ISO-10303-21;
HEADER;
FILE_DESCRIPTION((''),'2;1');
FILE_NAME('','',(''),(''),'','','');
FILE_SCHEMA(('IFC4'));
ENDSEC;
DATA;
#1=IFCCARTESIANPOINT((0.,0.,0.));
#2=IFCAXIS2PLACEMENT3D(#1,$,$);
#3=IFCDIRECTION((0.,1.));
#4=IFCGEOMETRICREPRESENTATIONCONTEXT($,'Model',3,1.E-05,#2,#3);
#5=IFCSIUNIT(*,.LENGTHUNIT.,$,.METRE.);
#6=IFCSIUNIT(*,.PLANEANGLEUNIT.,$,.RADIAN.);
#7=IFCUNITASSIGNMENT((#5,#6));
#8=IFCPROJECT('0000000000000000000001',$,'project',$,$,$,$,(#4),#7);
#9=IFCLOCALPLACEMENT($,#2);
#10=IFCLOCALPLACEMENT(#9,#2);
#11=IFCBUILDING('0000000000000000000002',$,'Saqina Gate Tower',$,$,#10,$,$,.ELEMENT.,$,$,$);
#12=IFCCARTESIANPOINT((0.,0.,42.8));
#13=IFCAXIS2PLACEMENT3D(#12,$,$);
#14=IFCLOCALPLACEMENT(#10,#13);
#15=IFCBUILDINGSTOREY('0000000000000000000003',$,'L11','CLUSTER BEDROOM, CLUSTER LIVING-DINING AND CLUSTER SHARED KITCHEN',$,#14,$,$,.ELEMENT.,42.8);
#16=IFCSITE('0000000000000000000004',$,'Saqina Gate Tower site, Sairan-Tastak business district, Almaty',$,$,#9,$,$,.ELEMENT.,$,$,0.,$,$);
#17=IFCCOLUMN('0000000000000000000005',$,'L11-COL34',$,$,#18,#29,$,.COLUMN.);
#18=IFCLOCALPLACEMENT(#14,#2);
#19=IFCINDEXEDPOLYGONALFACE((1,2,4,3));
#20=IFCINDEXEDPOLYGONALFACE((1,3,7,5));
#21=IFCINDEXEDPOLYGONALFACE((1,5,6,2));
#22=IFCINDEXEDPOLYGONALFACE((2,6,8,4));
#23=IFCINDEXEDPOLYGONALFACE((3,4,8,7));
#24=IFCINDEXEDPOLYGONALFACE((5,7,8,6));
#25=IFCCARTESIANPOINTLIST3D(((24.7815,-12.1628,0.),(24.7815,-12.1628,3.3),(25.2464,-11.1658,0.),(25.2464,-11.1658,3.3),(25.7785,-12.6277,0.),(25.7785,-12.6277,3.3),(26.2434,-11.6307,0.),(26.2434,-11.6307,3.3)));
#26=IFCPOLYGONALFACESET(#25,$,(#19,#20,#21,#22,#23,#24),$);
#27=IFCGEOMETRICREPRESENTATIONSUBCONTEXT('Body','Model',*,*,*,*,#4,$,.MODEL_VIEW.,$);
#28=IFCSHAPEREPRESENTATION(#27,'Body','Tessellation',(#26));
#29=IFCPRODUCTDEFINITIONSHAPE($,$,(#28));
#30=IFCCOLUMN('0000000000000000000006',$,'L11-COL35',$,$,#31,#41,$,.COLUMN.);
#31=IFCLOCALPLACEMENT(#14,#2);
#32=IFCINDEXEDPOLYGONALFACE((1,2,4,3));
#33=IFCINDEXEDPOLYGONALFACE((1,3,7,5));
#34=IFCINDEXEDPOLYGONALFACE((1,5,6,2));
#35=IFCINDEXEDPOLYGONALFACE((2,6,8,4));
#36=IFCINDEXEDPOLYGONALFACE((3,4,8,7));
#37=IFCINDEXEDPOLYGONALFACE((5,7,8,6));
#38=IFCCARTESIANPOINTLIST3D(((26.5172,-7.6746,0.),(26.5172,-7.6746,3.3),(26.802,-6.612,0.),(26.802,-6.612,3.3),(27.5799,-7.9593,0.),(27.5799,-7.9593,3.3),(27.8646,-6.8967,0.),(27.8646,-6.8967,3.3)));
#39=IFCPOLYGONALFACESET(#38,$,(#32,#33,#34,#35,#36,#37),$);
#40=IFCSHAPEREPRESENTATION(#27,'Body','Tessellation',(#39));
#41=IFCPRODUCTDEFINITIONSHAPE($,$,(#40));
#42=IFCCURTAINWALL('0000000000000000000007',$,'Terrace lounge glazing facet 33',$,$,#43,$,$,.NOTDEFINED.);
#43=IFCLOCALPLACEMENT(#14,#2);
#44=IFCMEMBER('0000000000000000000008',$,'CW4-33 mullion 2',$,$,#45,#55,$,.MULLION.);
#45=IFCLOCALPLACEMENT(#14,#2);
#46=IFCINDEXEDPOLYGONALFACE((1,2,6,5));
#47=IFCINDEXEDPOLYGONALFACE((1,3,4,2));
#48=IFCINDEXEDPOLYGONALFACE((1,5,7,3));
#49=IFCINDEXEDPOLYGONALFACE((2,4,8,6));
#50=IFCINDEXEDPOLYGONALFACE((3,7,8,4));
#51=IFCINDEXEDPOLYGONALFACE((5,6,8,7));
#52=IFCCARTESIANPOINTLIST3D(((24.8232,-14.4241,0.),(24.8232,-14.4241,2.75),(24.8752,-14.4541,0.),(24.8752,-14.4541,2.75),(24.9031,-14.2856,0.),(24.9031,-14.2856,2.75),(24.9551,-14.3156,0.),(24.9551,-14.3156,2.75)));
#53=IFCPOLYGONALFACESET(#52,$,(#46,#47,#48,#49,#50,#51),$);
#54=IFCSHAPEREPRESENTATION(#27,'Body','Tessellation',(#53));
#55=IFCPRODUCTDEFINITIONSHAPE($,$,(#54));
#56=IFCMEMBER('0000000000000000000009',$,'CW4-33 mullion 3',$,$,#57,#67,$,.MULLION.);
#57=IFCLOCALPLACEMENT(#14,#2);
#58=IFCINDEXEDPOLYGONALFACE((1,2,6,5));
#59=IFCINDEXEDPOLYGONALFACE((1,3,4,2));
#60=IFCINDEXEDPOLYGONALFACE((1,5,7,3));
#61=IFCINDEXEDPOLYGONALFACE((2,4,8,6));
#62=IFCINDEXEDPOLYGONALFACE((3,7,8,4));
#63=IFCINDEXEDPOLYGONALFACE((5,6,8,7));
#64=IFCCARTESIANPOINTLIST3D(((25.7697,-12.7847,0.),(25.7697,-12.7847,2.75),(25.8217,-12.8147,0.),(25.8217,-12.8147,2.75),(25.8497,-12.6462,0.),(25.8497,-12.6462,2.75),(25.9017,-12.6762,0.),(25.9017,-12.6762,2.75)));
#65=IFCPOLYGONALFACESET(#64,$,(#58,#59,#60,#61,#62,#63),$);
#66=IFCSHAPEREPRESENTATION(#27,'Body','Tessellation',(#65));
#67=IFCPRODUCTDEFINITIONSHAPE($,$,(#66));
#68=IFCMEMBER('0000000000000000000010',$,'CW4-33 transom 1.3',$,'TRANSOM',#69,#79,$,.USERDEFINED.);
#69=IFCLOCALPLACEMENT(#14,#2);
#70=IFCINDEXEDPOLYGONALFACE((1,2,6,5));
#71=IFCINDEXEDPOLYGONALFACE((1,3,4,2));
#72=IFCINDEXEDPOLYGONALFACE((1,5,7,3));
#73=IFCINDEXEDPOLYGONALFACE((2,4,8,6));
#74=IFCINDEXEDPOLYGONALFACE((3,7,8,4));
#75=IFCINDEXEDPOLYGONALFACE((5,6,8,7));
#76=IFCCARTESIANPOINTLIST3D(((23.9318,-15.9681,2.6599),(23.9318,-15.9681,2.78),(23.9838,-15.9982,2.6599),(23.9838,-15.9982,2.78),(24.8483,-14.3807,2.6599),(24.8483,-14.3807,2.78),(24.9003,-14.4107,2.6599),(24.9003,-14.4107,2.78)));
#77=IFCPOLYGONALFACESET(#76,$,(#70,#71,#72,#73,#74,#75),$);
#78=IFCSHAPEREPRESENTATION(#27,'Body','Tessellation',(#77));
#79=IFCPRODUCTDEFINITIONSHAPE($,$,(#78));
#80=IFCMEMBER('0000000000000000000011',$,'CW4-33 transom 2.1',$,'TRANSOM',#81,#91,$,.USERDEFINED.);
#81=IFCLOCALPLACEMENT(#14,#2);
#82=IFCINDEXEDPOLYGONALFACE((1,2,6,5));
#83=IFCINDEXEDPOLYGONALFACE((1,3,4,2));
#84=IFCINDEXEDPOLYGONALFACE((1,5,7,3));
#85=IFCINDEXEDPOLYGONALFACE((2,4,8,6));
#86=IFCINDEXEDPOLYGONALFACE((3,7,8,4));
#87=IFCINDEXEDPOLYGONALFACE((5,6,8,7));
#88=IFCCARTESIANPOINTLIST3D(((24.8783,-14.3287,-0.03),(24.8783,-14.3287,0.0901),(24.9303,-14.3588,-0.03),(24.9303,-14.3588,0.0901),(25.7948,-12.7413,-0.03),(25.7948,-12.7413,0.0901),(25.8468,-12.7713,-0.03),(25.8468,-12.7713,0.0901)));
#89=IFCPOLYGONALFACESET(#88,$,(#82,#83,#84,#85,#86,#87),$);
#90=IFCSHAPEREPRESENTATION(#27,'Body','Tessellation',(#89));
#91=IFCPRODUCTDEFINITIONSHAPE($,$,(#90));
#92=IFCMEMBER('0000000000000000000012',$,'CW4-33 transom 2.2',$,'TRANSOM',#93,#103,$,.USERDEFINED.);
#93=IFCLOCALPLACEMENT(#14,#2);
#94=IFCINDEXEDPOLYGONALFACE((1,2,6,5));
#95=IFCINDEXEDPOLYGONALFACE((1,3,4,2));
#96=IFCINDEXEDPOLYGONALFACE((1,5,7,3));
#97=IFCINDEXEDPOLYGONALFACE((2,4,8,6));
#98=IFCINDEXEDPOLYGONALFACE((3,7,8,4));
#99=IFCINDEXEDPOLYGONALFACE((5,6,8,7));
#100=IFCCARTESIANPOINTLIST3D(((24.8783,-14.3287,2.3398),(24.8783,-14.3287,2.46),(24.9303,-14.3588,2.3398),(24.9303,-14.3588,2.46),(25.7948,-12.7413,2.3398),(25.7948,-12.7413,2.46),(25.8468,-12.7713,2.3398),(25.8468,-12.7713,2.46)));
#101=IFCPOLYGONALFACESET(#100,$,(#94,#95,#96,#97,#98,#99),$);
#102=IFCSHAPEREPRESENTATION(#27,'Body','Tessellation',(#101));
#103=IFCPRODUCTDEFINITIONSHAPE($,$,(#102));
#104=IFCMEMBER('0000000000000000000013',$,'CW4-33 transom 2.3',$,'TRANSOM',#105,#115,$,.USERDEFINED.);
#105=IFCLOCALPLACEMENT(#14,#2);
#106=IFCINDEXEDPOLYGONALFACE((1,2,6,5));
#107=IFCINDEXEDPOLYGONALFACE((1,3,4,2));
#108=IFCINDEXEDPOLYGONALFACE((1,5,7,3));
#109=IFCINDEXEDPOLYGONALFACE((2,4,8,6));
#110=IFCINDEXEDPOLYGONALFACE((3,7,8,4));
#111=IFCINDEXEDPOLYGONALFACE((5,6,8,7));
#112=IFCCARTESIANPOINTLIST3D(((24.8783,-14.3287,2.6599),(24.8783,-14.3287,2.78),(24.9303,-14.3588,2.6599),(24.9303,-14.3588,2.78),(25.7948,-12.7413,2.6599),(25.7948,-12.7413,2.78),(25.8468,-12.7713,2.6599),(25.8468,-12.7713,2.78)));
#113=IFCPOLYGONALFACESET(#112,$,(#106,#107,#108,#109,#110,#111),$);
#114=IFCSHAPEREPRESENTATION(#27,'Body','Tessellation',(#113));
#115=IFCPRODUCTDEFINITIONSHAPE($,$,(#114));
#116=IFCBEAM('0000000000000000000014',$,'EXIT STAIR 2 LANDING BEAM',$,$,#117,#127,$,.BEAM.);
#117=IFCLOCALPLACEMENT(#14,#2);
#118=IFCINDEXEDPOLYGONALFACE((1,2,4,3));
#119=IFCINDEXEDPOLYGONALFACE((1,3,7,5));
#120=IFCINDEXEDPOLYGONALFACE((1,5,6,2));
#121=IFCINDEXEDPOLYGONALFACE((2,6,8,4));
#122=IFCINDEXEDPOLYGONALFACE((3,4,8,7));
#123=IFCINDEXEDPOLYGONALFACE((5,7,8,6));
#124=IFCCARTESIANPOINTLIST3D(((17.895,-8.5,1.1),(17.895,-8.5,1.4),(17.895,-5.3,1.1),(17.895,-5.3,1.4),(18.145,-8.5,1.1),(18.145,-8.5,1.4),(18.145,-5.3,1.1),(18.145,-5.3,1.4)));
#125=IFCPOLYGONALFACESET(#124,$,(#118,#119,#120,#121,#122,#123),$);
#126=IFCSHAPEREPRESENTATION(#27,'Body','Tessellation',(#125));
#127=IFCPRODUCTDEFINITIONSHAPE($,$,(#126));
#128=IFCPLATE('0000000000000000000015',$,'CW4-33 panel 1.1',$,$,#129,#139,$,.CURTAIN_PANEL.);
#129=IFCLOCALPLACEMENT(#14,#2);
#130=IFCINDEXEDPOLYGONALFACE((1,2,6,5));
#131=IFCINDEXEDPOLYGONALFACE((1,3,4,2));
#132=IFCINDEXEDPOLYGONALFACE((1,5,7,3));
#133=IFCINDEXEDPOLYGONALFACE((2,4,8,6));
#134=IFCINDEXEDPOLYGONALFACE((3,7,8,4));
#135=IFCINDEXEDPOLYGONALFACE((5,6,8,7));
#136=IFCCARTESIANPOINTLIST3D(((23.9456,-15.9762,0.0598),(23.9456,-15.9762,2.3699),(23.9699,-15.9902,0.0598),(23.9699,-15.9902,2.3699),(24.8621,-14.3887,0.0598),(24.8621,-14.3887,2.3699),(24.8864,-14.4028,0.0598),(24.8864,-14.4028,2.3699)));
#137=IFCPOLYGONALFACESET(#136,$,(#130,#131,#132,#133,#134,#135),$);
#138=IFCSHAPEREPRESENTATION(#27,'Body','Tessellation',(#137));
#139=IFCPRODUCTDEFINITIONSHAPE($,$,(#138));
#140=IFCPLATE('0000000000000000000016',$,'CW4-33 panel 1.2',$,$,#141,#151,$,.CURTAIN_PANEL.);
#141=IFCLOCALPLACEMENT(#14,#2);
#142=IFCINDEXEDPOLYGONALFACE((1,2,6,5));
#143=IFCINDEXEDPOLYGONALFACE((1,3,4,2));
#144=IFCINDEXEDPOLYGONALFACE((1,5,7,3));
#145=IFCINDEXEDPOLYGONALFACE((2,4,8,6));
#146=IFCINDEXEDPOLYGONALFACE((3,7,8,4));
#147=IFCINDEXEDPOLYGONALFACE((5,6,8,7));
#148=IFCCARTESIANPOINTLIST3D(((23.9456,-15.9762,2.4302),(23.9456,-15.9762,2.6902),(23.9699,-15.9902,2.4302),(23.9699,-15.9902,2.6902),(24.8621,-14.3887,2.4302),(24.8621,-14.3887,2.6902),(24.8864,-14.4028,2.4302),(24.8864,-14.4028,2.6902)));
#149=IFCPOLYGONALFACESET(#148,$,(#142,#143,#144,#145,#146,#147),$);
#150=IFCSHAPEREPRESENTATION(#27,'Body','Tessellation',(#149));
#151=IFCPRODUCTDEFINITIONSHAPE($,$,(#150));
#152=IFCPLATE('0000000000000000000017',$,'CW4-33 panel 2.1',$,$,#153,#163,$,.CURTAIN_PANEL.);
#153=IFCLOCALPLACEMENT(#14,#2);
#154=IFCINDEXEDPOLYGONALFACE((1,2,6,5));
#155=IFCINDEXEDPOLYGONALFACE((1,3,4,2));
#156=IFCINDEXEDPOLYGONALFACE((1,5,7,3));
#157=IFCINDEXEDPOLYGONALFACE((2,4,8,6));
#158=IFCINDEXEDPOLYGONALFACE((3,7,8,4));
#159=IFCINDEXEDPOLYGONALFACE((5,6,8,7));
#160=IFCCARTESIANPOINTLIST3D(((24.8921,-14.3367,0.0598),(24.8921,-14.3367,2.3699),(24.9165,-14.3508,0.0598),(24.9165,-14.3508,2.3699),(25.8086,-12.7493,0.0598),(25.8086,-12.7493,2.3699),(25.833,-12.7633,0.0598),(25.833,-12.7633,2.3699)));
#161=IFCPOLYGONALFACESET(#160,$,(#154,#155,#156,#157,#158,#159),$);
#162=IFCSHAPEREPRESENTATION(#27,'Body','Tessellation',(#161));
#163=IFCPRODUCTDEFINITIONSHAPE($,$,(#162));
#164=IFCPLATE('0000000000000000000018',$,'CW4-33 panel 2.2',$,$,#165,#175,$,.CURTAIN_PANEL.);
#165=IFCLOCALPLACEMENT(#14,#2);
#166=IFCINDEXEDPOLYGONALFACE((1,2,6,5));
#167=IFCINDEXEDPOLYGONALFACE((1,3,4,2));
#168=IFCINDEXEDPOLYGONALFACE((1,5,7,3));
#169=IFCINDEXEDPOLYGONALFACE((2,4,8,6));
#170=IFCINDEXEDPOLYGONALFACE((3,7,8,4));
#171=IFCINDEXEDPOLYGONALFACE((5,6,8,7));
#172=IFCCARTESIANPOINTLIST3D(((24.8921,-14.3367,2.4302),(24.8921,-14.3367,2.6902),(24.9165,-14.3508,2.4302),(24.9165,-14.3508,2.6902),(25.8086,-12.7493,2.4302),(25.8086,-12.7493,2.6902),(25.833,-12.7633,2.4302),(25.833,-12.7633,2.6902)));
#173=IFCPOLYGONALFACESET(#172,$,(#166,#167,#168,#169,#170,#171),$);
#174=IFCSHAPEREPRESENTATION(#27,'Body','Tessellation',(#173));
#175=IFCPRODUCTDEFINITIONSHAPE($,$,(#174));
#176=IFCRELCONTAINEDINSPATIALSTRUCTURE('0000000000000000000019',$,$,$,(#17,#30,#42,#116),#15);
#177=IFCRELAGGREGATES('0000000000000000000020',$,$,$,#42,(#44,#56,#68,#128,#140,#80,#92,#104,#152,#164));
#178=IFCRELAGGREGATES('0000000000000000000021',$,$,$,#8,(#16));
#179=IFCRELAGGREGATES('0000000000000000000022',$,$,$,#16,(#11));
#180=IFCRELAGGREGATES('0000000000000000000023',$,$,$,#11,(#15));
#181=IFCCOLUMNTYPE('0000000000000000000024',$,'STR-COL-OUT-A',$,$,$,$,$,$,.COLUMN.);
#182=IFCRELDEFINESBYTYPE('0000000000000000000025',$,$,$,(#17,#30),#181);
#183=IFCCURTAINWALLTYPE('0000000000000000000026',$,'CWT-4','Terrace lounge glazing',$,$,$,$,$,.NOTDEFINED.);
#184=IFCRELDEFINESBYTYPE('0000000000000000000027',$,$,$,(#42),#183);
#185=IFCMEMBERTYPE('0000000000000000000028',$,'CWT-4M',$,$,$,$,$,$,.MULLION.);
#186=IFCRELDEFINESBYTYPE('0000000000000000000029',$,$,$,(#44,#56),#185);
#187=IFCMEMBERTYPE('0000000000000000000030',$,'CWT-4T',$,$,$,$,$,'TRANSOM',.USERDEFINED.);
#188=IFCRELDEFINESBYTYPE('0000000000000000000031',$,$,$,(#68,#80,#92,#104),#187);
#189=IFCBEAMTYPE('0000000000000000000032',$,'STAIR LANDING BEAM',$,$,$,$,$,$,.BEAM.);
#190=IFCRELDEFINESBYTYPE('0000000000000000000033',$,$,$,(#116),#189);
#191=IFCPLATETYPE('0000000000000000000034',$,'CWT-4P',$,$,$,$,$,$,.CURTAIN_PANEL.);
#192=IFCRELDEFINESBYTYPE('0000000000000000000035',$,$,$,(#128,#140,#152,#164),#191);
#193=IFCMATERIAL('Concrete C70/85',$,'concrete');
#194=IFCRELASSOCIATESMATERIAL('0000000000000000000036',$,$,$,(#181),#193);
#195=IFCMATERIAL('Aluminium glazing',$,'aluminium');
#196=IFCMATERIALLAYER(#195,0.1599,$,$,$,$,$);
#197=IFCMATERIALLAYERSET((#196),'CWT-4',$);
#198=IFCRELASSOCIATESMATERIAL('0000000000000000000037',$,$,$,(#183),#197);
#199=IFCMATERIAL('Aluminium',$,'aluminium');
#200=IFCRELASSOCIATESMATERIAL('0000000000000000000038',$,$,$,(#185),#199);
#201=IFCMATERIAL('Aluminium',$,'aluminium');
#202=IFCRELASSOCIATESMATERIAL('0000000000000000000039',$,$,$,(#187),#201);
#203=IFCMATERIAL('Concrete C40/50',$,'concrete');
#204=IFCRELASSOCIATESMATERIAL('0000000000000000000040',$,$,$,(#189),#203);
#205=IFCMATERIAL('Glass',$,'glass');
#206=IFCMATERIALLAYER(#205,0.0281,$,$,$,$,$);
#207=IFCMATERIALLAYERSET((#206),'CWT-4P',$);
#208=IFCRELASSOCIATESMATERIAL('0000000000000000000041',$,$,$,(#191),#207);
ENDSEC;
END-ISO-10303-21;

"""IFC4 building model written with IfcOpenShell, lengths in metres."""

from ifc_helpers import new_model, si_unit, direction, frame, origin, origin_2d, place, context, subcontext, project, spatial, rectangle, extrude, material, layer, layer_set, material_profile, profile_set, type_object, element, aggregate, save


model = new_model("IFC4")

# Units and contexts
model_context = context("Model", 3, precision=1e-05, world=origin(), true_north=direction((0.0, 1.0)))
body_context = subcontext(model_context, "Body", "Model", "MODEL_VIEW")
ifc_project = project(units=[si_unit("LENGTHUNIT", "METRE"), si_unit("PLANEANGLEUNIT", "RADIAN")], contexts=[model_context])

# Site, building, storey
site_placement = place(None, origin())
site = spatial("IfcSite", under=ifc_project, at=site_placement, Name="Saqina Gate Tower site, Sairan-Tastak business district, Almaty", CompositionType="ELEMENT", RefElevation=0.0)
building_placement = place(site_placement, origin())
building = spatial("IfcBuilding", under=site, at=building_placement, Name="Saqina Gate Tower", CompositionType="ELEMENT")
storey_placement = place(building_placement, frame((0.0, 0.0, 42.8)))
storey = spatial("IfcBuildingStorey", under=building, at=storey_placement, Name="L11", Description="CLUSTER BEDROOM, CLUSTER LIVING-DINING AND CLUSTER SHARED KITCHEN", CompositionType="ELEMENT", Elevation=42.8)

# Columns
ifc_material_1 = material(Name="Concrete C70/85", Category="concrete")
ifc_material_profile_1 = material_profile(ifc_material_1, rectangle(XDim=1.1001, YDim=1.1001, at=origin_2d()), Name="RC 1100x1100")
ifc_profile_set_1 = profile_set([ifc_material_profile_1], Name="Concrete C70/85")
column_type = type_object("IfcColumnType", Name="STR-COL-OUT-A", PredefinedType="COLUMN", material=ifc_profile_set_1)
for number, where, z_axis, x_axis, name in (
    (1, (25.5125, -11.8967, 0.0), (0.0, 0.0, 1.0), (0.906308, -0.422618, 0.0), "L11-COL34"),
    (2, (27.1909, -7.2856, 0.0), (0.0, 0.0, 1.0), (0.965926, -0.258819, 0.0), "L11-COL35"),
):
    element("IfcColumn", number, at=place(storey_placement, frame(where, z_axis=z_axis, x_axis=x_axis)), inside=storey, type_object=column_type, Name=name, PredefinedType="COLUMN", context=body_context, shape_type="SweptSolid", body=[
        extrude(rectangle(XDim=1.1001, YDim=1.1001, at=origin_2d()), origin(), (0.0, 0.0, 1.0), 3.3),
    ])

# Curtain wall, members
ifc_material_2 = material(Name="Aluminium glazing", Category="aluminium")
ifc_layer_1 = layer(ifc_material_2, 0.1599)
ifc_layer_set_1 = layer_set([ifc_layer_1], Name="CWT-4")
curtain_wall_type = type_object("IfcCurtainWallType", Name="CWT-4", Description="Terrace lounge glazing", PredefinedType="NOTDEFINED", material=ifc_layer_set_1)
curtain_wall_placement = place(storey_placement, origin())
curtain_wall = element("IfcCurtainWall", 3, at=curtain_wall_placement, inside=storey, type_object=curtain_wall_type, Name="Terrace lounge glazing facet 33", PredefinedType="NOTDEFINED")
ifc_material_3 = material(Name="Aluminium", Category="aluminium")
ifc_material_profile_2 = material_profile(ifc_material_3, rectangle(XDim=0.0601, YDim=0.1599, at=origin_2d()), Name="Aluminium 60x160")
ifc_profile_set_2 = profile_set([ifc_material_profile_2], Name="Aluminium")
member_type_1 = type_object("IfcMemberType", Name="CWT-4M", PredefinedType="MULLION", material=ifc_profile_set_2)
member_1_placement = place(storey_placement, frame((24.8892, -14.3699, 0.0), z_axis=(0.0, 0.0, 1.0), x_axis=(-0.866028, 0.499996, 0.0)))
member_1 = element("IfcMember", 4, at=member_1_placement, type_object=member_type_1, Name="CW4-33 mullion 2", PredefinedType="MULLION", context=body_context, shape_type="SweptSolid", body=[
    extrude(rectangle(XDim=0.0601, YDim=0.1599, at=origin_2d()), origin(), (0.0, 0.0, 1.0), 2.75),
])
member_2_placement = place(storey_placement, frame((25.8357, -12.7305, 0.0), z_axis=(0.0, 0.0, 1.0), x_axis=(-0.866028, 0.499996, 0.0)))
member_2 = element("IfcMember", 5, at=member_2_placement, type_object=member_type_1, Name="CW4-33 mullion 3", PredefinedType="MULLION", context=body_context, shape_type="SweptSolid", body=[
    extrude(rectangle(XDim=0.0601, YDim=0.1599, at=origin_2d()), origin(), (0.0, 0.0, 1.0), 2.75),
])
ifc_material_4 = material(Name="Aluminium", Category="aluminium")
ifc_material_profile_3 = material_profile(ifc_material_4, rectangle(XDim=0.0601, YDim=0.1201, at=origin_2d()), Name="Aluminium 60x120")
ifc_profile_set_3 = profile_set([ifc_material_profile_3], Name="Aluminium")
member_type_2 = type_object("IfcMemberType", Name="CWT-4T", ElementType="TRANSOM", PredefinedType="USERDEFINED", material=ifc_profile_set_3)
member_3_placement = place(storey_placement, frame((23.9578, -15.9832, 2.72), z_axis=(0.500007, 0.866021, 0.0), x_axis=(-0.866021, 0.500007, 0.0)))
member_3 = element("IfcMember", 6, at=member_3_placement, type_object=member_type_2, Name="CW4-33 transom 1.3", ObjectType="TRANSOM", PredefinedType="USERDEFINED", context=body_context, shape_type="SweptSolid", body=[
    extrude(rectangle(XDim=0.0601, YDim=0.1201, at=origin_2d()), origin(), (0.0, 0.0, 1.0), 1.833),
])
member_4_placement = place(storey_placement, frame((24.9043, -14.3438, 0.03), z_axis=(0.500007, 0.866021, 0.0), x_axis=(-0.866021, 0.500007, 0.0)))
member_4 = element("IfcMember", 7, at=member_4_placement, type_object=member_type_2, Name="CW4-33 transom 2.1", ObjectType="TRANSOM", PredefinedType="USERDEFINED", context=body_context, shape_type="SweptSolid", body=[
    extrude(rectangle(XDim=0.0601, YDim=0.1201, at=origin_2d()), origin(), (0.0, 0.0, 1.0), 1.833),
])
member_5_placement = place(storey_placement, frame((24.9043, -14.3438, 2.3999), z_axis=(0.500007, 0.866021, 0.0), x_axis=(-0.866021, 0.500007, 0.0)))
member_5 = element("IfcMember", 8, at=member_5_placement, type_object=member_type_2, Name="CW4-33 transom 2.2", ObjectType="TRANSOM", PredefinedType="USERDEFINED", context=body_context, shape_type="SweptSolid", body=[
    extrude(rectangle(XDim=0.0601, YDim=0.1201, at=origin_2d()), origin(), (0.0, 0.0, 1.0), 1.833),
])
member_6_placement = place(storey_placement, frame((24.9043, -14.3438, 2.72), z_axis=(0.500007, 0.866021, 0.0), x_axis=(-0.866021, 0.500007, 0.0)))
member_6 = element("IfcMember", 9, at=member_6_placement, type_object=member_type_2, Name="CW4-33 transom 2.3", ObjectType="TRANSOM", PredefinedType="USERDEFINED", context=body_context, shape_type="SweptSolid", body=[
    extrude(rectangle(XDim=0.0601, YDim=0.1201, at=origin_2d()), origin(), (0.0, 0.0, 1.0), 1.833),
])

# Beam
ifc_material_5 = material(Name="Concrete C40/50", Category="concrete")
ifc_material_profile_4 = material_profile(ifc_material_5, rectangle(XDim=0.25, YDim=0.3, at=origin_2d()), Name="STAIR LANDING BEAM")
ifc_profile_set_4 = profile_set([ifc_material_profile_4], Name="Concrete C40/50")
beam_type = type_object("IfcBeamType", Name="STAIR LANDING BEAM", PredefinedType="BEAM", material=ifc_profile_set_4)
beam_placement = place(storey_placement, frame((18.02, -8.5, 1.25), z_axis=(0.0, 1.0, 0.0), x_axis=(-1.0, 0.0, 0.0)))
element("IfcBeam", 10, at=beam_placement, inside=storey, type_object=beam_type, Name="EXIT STAIR 2 LANDING BEAM", PredefinedType="BEAM", context=body_context, shape_type="SweptSolid", body=[
    extrude(rectangle(XDim=0.25, YDim=0.3, at=origin_2d()), origin(), (0.0, 0.0, 1.0), 3.2),
])

# Plates
ifc_material_6 = material(Name="Glass", Category="glass")
ifc_layer_2 = layer(ifc_material_6, 0.0281)
ifc_layer_set_2 = layer_set([ifc_layer_2], Name="CWT-4P")
plate_type = type_object("IfcPlateType", Name="CWT-4P", PredefinedType="CURTAIN_PANEL", material=ifc_layer_set_2)
plate_1_placement = place(storey_placement, frame((24.416, -15.1895, 0.0598), z_axis=(0.0, 0.0, 1.0), x_axis=(0.499996, 0.866028, 0.0)))
plate_1 = element("IfcPlate", 11, at=plate_1_placement, type_object=plate_type, Name="CW4-33 panel 1.1", PredefinedType="CURTAIN_PANEL", context=body_context, shape_type="SweptSolid", body=[
    extrude(rectangle(XDim=1.833, YDim=0.0281, at=origin_2d()), origin(), (0.0, 0.0, 1.0), 2.3101),
])
plate_2_placement = place(storey_placement, frame((24.416, -15.1895, 2.4302), z_axis=(0.0, 0.0, 1.0), x_axis=(0.499996, 0.866028, 0.0)))
plate_2 = element("IfcPlate", 12, at=plate_2_placement, type_object=plate_type, Name="CW4-33 panel 1.2", PredefinedType="CURTAIN_PANEL", context=body_context, shape_type="SweptSolid", body=[
    extrude(rectangle(XDim=1.833, YDim=0.0281, at=origin_2d()), origin(), (0.0, 0.0, 1.0), 0.26),
])
plate_3_placement = place(storey_placement, frame((25.3625, -13.55, 0.0598), z_axis=(0.0, 0.0, 1.0), x_axis=(0.499996, 0.866028, 0.0)))
plate_3 = element("IfcPlate", 13, at=plate_3_placement, type_object=plate_type, Name="CW4-33 panel 2.1", PredefinedType="CURTAIN_PANEL", context=body_context, shape_type="SweptSolid", body=[
    extrude(rectangle(XDim=1.833, YDim=0.0281, at=origin_2d()), origin(), (0.0, 0.0, 1.0), 2.3101),
])
plate_4_placement = place(storey_placement, frame((25.3625, -13.55, 2.4302), z_axis=(0.0, 0.0, 1.0), x_axis=(0.499996, 0.866028, 0.0)))
plate_4 = element("IfcPlate", 14, at=plate_4_placement, type_object=plate_type, Name="CW4-33 panel 2.2", PredefinedType="CURTAIN_PANEL", context=body_context, shape_type="SweptSolid", body=[
    extrude(rectangle(XDim=1.833, YDim=0.0281, at=origin_2d()), origin(), (0.0, 0.0, 1.0), 0.26),
])
aggregate(curtain_wall, [member_1, member_2, member_3, plate_1, plate_2, member_4, member_5, member_6, plate_3, plate_4])

save(model, "model.ifc")
